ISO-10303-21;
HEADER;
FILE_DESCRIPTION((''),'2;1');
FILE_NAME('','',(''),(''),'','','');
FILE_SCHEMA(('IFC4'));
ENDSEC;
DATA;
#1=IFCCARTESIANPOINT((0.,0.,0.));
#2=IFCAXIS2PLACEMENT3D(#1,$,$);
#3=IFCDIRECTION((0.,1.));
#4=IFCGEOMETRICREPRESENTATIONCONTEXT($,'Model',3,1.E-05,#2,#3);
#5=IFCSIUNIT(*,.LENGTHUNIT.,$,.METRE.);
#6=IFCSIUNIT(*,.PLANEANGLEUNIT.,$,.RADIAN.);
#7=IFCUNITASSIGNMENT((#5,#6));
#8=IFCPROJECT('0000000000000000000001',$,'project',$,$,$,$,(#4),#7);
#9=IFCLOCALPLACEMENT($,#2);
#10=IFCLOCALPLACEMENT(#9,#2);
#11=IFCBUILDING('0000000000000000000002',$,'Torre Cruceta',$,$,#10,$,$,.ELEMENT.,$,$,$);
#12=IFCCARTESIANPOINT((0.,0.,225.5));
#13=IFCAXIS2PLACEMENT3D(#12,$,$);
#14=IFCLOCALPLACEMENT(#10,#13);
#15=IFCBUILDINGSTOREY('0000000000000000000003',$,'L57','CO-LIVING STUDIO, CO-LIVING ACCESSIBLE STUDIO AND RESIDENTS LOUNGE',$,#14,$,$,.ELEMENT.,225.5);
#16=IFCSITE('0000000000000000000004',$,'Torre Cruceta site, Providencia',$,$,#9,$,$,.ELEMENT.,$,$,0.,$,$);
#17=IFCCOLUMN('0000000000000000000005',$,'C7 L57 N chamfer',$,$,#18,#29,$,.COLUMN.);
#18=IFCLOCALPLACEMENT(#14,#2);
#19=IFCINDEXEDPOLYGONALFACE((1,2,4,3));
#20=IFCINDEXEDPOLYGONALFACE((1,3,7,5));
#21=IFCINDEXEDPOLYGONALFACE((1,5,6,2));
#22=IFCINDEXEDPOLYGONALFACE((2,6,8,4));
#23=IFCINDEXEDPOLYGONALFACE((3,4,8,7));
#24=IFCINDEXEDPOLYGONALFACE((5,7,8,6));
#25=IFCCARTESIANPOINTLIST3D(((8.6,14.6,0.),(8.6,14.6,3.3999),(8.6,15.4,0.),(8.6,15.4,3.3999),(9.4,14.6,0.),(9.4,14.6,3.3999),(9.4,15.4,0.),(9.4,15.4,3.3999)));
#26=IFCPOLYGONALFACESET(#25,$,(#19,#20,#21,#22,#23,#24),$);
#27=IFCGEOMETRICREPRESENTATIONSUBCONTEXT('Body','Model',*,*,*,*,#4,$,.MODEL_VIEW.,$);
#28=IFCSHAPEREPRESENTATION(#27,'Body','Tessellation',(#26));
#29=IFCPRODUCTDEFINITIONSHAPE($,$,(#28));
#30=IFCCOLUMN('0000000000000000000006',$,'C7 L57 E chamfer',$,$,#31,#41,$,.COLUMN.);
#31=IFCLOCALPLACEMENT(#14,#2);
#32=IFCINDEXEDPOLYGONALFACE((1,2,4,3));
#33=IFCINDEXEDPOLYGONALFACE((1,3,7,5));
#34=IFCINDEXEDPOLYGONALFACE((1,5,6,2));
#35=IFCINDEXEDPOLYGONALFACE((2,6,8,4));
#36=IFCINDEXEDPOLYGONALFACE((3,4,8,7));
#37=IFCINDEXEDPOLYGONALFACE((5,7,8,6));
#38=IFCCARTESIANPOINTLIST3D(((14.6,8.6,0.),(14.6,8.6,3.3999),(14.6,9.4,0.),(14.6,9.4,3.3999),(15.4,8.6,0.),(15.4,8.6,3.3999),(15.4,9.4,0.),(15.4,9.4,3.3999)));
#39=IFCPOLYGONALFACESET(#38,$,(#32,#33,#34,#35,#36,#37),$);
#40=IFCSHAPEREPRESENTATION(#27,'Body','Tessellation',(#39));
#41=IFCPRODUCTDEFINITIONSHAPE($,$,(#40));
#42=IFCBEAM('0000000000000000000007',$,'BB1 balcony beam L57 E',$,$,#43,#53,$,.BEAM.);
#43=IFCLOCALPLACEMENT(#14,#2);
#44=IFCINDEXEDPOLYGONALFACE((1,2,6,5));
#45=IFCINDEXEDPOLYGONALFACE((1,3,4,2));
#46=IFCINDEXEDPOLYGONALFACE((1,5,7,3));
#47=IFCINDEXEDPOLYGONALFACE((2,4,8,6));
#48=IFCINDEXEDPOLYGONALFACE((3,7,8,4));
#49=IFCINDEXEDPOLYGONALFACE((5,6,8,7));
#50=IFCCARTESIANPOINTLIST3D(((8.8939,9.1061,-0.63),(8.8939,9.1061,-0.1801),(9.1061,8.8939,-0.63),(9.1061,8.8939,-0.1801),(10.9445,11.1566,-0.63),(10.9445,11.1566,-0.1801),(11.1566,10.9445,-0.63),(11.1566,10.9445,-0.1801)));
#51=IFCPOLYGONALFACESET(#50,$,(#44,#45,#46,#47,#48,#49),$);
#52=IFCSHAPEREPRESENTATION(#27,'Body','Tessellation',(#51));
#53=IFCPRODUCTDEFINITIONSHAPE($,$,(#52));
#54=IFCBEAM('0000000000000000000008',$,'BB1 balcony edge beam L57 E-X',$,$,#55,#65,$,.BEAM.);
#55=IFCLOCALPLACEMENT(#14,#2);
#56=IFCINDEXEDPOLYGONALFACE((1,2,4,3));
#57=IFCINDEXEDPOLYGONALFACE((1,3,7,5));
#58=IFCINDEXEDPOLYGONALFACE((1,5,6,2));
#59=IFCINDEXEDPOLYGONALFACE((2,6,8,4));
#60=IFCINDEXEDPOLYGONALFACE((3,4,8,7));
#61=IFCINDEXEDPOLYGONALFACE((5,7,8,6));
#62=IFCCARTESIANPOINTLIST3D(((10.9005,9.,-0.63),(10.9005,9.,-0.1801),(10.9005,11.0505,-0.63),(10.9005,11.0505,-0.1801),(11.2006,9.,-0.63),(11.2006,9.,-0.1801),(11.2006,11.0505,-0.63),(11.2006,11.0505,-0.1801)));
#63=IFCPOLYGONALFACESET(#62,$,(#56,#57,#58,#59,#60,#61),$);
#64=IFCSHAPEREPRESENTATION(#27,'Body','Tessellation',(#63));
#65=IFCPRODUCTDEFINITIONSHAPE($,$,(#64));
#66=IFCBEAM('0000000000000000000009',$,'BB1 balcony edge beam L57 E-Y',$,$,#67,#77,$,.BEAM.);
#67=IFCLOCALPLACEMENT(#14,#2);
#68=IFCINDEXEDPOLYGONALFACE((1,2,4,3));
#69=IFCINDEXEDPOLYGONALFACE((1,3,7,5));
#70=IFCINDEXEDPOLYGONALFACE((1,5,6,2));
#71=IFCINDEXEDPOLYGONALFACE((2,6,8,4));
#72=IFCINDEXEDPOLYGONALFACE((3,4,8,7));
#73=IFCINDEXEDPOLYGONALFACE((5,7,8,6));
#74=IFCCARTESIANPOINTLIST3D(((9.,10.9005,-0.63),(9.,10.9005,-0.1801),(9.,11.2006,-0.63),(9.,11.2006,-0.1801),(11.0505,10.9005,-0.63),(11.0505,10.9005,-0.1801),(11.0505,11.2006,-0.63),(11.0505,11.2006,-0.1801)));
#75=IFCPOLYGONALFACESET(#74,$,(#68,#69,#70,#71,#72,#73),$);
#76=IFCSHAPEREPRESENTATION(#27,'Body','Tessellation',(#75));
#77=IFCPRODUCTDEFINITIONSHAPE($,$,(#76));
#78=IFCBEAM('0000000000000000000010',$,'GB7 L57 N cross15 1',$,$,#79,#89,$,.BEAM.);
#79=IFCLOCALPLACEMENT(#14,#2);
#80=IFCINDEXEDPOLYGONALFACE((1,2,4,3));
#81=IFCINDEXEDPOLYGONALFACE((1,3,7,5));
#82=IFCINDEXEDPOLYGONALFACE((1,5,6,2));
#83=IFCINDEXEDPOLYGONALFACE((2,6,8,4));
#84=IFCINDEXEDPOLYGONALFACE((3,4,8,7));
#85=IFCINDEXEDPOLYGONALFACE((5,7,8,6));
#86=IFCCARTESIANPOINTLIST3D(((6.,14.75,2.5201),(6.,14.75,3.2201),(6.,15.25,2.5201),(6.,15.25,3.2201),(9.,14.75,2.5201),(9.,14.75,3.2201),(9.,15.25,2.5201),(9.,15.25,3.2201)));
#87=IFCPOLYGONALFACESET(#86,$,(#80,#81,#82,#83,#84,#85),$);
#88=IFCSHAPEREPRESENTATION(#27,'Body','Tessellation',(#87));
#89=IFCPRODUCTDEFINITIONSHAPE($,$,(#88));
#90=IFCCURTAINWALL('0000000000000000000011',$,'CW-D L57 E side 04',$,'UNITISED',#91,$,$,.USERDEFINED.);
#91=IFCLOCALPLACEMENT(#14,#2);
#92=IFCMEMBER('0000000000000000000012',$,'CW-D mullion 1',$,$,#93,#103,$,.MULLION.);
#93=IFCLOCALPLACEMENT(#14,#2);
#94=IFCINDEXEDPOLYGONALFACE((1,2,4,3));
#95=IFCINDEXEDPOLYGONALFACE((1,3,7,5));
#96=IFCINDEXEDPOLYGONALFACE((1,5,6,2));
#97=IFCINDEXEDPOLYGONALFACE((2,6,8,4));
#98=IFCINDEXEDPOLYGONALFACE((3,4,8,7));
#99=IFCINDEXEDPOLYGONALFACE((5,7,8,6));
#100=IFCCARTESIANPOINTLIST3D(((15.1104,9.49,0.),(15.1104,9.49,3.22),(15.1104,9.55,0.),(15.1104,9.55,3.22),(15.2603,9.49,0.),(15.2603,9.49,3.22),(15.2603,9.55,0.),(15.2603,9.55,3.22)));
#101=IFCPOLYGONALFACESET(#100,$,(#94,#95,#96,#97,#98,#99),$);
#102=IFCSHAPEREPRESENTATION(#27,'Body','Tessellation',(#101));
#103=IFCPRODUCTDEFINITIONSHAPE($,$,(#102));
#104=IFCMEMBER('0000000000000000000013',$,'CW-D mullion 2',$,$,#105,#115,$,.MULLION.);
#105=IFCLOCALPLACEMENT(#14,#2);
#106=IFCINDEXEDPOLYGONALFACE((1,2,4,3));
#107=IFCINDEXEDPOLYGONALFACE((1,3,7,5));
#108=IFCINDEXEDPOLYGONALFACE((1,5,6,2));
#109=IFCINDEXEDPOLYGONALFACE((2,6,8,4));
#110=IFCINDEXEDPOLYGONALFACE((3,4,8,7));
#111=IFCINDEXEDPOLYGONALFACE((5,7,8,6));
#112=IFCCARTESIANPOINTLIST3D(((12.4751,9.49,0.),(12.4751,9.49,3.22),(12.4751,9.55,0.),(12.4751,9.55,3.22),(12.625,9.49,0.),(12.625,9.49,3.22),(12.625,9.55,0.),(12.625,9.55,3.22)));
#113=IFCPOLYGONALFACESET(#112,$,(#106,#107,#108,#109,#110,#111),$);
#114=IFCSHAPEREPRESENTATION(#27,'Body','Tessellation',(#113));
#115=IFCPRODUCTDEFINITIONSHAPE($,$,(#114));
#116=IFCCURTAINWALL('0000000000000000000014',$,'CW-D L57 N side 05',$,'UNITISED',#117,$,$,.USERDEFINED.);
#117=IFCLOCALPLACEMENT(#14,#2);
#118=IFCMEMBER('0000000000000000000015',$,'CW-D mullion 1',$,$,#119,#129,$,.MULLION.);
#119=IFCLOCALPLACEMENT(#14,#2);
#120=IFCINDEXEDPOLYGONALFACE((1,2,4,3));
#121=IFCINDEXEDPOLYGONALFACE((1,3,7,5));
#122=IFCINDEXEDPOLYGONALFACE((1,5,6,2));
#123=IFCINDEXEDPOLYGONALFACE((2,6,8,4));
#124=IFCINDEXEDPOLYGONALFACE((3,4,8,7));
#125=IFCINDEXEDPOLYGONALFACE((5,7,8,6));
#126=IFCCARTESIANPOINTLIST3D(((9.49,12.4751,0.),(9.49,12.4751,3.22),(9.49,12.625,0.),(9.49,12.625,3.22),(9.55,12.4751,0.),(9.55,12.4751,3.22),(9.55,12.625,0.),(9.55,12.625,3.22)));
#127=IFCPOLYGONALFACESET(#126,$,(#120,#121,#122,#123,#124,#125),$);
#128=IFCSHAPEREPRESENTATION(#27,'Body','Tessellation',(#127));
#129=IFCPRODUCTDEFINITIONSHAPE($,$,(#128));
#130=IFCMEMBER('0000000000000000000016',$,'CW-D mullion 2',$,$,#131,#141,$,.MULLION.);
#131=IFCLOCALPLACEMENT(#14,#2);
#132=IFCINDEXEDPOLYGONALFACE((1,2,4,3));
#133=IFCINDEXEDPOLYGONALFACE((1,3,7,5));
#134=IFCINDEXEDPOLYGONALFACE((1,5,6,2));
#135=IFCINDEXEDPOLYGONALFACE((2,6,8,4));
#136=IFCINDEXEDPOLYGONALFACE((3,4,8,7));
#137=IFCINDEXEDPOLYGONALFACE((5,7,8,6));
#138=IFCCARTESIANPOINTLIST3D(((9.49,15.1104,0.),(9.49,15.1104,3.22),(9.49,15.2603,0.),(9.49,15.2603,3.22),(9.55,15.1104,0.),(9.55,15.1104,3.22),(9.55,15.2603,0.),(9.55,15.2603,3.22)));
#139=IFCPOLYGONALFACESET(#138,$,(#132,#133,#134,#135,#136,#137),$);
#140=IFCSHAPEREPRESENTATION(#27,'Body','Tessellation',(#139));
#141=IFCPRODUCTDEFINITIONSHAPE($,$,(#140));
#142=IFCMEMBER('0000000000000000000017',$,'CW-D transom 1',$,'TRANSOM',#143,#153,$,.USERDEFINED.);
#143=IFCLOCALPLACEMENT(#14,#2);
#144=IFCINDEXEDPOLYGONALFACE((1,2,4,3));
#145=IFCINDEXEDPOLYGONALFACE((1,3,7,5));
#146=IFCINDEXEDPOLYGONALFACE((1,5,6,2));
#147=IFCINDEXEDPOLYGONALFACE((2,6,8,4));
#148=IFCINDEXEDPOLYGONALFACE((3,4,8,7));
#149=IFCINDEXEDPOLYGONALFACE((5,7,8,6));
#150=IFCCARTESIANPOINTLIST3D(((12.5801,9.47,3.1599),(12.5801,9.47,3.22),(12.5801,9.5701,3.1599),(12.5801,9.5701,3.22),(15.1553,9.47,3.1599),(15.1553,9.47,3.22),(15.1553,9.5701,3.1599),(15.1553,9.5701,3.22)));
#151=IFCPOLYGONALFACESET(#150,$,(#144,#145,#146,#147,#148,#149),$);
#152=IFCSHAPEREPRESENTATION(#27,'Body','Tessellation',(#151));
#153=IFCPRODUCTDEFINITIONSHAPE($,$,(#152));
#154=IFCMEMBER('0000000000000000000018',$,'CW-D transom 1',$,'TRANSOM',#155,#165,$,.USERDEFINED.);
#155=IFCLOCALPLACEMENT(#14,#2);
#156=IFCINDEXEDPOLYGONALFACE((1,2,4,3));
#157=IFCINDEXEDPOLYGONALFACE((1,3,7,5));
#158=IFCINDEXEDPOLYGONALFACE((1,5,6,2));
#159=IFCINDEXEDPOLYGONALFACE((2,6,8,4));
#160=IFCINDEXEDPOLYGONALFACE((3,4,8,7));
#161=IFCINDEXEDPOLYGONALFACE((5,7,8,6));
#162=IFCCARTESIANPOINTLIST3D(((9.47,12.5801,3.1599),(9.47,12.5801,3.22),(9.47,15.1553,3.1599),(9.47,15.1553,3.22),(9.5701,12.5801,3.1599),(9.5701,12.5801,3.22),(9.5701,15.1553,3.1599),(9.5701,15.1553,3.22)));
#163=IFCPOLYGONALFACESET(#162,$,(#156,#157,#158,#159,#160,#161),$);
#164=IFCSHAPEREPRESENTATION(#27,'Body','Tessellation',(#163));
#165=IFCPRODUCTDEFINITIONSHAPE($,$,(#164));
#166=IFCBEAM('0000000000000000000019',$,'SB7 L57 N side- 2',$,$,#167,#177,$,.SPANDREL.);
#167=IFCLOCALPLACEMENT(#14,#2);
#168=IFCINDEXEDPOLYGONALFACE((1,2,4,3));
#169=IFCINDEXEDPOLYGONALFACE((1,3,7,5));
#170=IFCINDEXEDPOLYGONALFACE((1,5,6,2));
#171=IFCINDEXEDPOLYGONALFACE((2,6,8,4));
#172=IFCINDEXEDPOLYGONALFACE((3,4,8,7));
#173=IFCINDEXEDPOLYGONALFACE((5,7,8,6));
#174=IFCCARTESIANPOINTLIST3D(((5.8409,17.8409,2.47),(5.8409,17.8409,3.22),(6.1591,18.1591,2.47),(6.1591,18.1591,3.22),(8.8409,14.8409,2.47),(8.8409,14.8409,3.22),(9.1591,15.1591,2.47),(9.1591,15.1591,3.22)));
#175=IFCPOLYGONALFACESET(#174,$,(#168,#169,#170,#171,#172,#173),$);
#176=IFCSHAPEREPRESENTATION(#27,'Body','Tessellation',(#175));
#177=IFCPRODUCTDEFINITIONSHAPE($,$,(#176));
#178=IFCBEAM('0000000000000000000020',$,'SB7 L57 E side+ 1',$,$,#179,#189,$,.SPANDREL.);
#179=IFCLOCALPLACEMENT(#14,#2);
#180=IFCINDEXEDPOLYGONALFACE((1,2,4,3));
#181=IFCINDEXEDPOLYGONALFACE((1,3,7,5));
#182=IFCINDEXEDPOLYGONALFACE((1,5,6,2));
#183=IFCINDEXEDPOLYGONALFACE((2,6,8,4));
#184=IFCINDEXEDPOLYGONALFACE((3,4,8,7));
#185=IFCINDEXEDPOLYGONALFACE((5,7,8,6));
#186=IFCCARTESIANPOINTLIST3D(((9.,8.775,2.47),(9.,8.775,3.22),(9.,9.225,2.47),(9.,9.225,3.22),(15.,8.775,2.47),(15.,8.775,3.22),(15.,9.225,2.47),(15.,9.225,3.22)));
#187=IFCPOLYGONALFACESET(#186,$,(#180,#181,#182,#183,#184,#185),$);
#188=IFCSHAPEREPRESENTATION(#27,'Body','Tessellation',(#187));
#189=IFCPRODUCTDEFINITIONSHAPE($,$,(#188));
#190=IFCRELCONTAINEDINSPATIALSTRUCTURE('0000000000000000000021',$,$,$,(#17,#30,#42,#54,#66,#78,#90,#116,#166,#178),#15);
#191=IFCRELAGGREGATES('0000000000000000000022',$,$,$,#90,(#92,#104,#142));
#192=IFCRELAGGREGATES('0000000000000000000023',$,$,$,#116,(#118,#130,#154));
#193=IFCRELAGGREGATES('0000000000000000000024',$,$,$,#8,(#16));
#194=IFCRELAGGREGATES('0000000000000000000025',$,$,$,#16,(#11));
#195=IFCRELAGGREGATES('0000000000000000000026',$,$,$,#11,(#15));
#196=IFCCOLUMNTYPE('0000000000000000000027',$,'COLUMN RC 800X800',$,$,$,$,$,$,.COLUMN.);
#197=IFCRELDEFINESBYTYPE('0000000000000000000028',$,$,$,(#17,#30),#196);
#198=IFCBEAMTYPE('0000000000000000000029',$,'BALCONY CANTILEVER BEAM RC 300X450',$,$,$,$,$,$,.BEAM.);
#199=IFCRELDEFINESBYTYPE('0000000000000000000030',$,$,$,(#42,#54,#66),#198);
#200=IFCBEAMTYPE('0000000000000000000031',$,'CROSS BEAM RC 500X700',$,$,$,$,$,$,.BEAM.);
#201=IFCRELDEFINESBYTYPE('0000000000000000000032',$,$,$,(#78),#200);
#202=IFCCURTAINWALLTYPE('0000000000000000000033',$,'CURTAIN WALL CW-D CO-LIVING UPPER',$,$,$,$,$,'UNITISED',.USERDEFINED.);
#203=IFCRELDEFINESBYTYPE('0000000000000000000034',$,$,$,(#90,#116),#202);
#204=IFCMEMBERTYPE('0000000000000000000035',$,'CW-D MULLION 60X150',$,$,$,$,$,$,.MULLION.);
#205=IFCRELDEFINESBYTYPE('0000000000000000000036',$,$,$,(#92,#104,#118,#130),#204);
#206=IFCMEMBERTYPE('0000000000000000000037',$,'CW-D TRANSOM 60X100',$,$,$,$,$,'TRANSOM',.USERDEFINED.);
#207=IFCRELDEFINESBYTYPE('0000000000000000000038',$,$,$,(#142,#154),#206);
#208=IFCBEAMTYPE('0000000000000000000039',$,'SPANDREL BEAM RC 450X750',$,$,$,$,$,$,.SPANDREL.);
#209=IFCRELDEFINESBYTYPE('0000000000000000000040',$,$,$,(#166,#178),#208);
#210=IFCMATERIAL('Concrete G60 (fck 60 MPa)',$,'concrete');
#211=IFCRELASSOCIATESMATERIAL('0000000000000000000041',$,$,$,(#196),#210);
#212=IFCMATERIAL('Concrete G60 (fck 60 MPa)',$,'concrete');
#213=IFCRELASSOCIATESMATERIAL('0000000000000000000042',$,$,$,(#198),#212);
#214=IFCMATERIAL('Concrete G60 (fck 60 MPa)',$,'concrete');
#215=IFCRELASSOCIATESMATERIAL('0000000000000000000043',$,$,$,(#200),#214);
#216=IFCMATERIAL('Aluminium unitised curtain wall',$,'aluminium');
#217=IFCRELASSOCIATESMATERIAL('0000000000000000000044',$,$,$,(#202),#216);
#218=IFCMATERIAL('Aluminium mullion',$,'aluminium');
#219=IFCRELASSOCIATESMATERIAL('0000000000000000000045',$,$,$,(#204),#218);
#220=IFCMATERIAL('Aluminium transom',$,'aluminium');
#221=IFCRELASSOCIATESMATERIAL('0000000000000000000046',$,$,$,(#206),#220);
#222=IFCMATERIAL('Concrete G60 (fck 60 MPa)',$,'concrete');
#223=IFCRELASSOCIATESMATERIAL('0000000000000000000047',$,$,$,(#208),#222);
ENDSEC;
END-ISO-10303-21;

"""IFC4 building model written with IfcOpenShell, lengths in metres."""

from ifc_helpers import new_model, si_unit, direction, frame, origin, origin_2d, place, context, subcontext, project, spatial, rectangle, extrude, material, material_profile, profile_set, type_object, element, aggregate, save


model = new_model("IFC4")

# Units and contexts
model_context = context("Model", 3, precision=1e-05, world=origin(), true_north=direction((0.0, 1.0)))
body_context = subcontext(model_context, "Body", "Model", "MODEL_VIEW")
ifc_project = project(units=[si_unit("LENGTHUNIT", "METRE"), si_unit("PLANEANGLEUNIT", "RADIAN")], contexts=[model_context])

# Site, building, storey
site_placement = place(None, origin())
site = spatial("IfcSite", under=ifc_project, at=site_placement, Name="Torre Cruceta site, Providencia", CompositionType="ELEMENT", RefElevation=0.0)
building_placement = place(site_placement, origin())
building = spatial("IfcBuilding", under=site, at=building_placement, Name="Torre Cruceta", CompositionType="ELEMENT")
storey_placement = place(building_placement, frame((0.0, 0.0, 225.5)))
storey = spatial("IfcBuildingStorey", under=building, at=storey_placement, Name="L57", Description="CO-LIVING STUDIO, CO-LIVING ACCESSIBLE STUDIO AND RESIDENTS LOUNGE", CompositionType="ELEMENT", Elevation=225.5)

# Columns
ifc_material_1 = material(Name="Concrete G60 (fck 60 MPa)", Category="concrete")
ifc_material_profile_1 = material_profile(ifc_material_1, rectangle(XDim=0.8, YDim=0.8, at=origin_2d()), Name="RC 800X800")
ifc_profile_set_1 = profile_set([ifc_material_profile_1], Name="Concrete G60 (fck 60 MPa)")
column_type = type_object("IfcColumnType", Name="COLUMN RC 800X800", PredefinedType="COLUMN", material=ifc_profile_set_1)
for number, where, z_axis, x_axis, name in (
    (1, (9.0, 15.0, 0.0), (0.0, 0.0, 1.0), (1.0, 0.0, 0.0), "C7 L57 N chamfer"),
    (2, (15.0, 9.0, 0.0), (0.0, 0.0, 1.0), (1.0, 0.0, 0.0), "C7 L57 E chamfer"),
):
    element("IfcColumn", number, at=place(storey_placement, frame(where, z_axis=z_axis, x_axis=x_axis)), inside=storey, type_object=column_type, Name=name, PredefinedType="COLUMN", context=body_context, shape_type="SweptSolid", body=[
        extrude(rectangle(XDim=0.8, YDim=0.8, at=origin_2d()), origin(), (0.0, 0.0, 1.0), 3.3999),
    ])

# Beams
ifc_material_2 = material(Name="Concrete G60 (fck 60 MPa)", Category="concrete")
ifc_material_profile_2 = material_profile(ifc_material_2, rectangle(XDim=0.3, YDim=0.45, at=origin_2d()), Name="RC 300X450")
ifc_profile_set_2 = profile_set([ifc_material_profile_2], Name="Concrete G60 (fck 60 MPa)")
beam_type_1 = type_object("IfcBeamType", Name="BALCONY CANTILEVER BEAM RC 300X450", PredefinedType="BEAM", material=ifc_profile_set_2)
beam_1_placement = place(storey_placement, frame((9.0, 9.0, -0.405), z_axis=(0.707107, 0.707107, 0.0), x_axis=(-0.707107, 0.707107, 0.0)))
element("IfcBeam", 3, at=beam_1_placement, inside=storey, type_object=beam_type_1, Name="BB1 balcony beam L57 E", PredefinedType="BEAM", context=body_context, shape_type="SweptSolid", body=[
    extrude(rectangle(XDim=0.3, YDim=0.45, at=origin_2d()), origin(), (0.0, 0.0, 1.0), 2.8999),
])
for number, where, z_axis, x_axis, name in (
    (4, (11.0505, 9.0, -0.405), (0.0, 1.0, 0.0), (-1.0, 0.0, 0.0), "BB1 balcony edge beam L57 E-X"),
    (5, (9.0, 11.0505, -0.405), (1.0, 0.0, 0.0), (0.0, 1.0, 0.0), "BB1 balcony edge beam L57 E-Y"),
):
    element("IfcBeam", number, at=place(storey_placement, frame(where, z_axis=z_axis, x_axis=x_axis)), inside=storey, type_object=beam_type_1, Name=name, PredefinedType="BEAM", context=body_context, shape_type="SweptSolid", body=[
        extrude(rectangle(XDim=0.3, YDim=0.45, at=origin_2d()), origin(), (0.0, 0.0, 1.0), 2.0505),
    ])
ifc_material_3 = material(Name="Concrete G60 (fck 60 MPa)", Category="concrete")
ifc_material_profile_3 = material_profile(ifc_material_3, rectangle(XDim=0.5, YDim=0.7, at=origin_2d()), Name="RC 500X700")
ifc_profile_set_3 = profile_set([ifc_material_profile_3], Name="Concrete G60 (fck 60 MPa)")
beam_type_2 = type_object("IfcBeamType", Name="CROSS BEAM RC 500X700", PredefinedType="BEAM", material=ifc_profile_set_3)
beam_2_placement = place(storey_placement, frame((9.0, 15.0, 2.8701), z_axis=(-1.0, 0.0, 0.0), x_axis=(0.0, -1.0, 0.0)))
element("IfcBeam", 6, at=beam_2_placement, inside=storey, type_object=beam_type_2, Name="GB7 L57 N cross15 1", PredefinedType="BEAM", context=body_context, shape_type="SweptSolid", body=[
    extrude(rectangle(XDim=0.5, YDim=0.7, at=origin_2d()), origin(), (0.0, 0.0, 1.0), 3.0),
])

# Curtain walls, members
ifc_material_4 = material(Name="Aluminium unitised curtain wall", Category="aluminium")
curtain_wall_type = type_object("IfcCurtainWallType", Name="CURTAIN WALL CW-D CO-LIVING UPPER", ElementType="UNITISED", PredefinedType="USERDEFINED", material=ifc_material_4)
curtain_wall_1_placement = place(storey_placement, origin())
curtain_wall_1 = element("IfcCurtainWall", 7, at=curtain_wall_1_placement, inside=storey, type_object=curtain_wall_type, Name="CW-D L57 E side 04", ObjectType="UNITISED", PredefinedType="USERDEFINED")
ifc_material_5 = material(Name="Aluminium mullion", Category="aluminium")
ifc_material_profile_4 = material_profile(ifc_material_5, rectangle(XDim=0.0601, YDim=0.1499, at=origin_2d()), Name="AL 60X150")
ifc_profile_set_4 = profile_set([ifc_material_profile_4], Name="Aluminium mullion")
member_type_1 = type_object("IfcMemberType", Name="CW-D MULLION 60X150", PredefinedType="MULLION", material=ifc_profile_set_4)
member_1_placement = place(storey_placement, frame((15.1853, 9.52, 0.0), z_axis=(0.0, 0.0, 1.0), x_axis=(0.0, -1.0, 0.0)))
member_1 = element("IfcMember", 8, at=member_1_placement, type_object=member_type_1, Name="CW-D mullion 1", PredefinedType="MULLION", context=body_context, shape_type="SweptSolid", body=[
    extrude(rectangle(XDim=0.0601, YDim=0.1499, at=origin_2d()), origin(), (0.0, 0.0, 1.0), 3.22),
])
member_2_placement = place(storey_placement, frame((12.55, 9.52, 0.0), z_axis=(0.0, 0.0, 1.0), x_axis=(0.0, -1.0, 0.0)))
member_2 = element("IfcMember", 9, at=member_2_placement, type_object=member_type_1, Name="CW-D mullion 2", PredefinedType="MULLION", context=body_context, shape_type="SweptSolid", body=[
    extrude(rectangle(XDim=0.0601, YDim=0.1499, at=origin_2d()), origin(), (0.0, 0.0, 1.0), 3.22),
])
curtain_wall_2_placement = place(storey_placement, origin())
curtain_wall_2 = element("IfcCurtainWall", 10, at=curtain_wall_2_placement, inside=storey, type_object=curtain_wall_type, Name="CW-D L57 N side 05", ObjectType="UNITISED", PredefinedType="USERDEFINED")
member_3_placement = place(storey_placement, frame((9.52, 12.55, 0.0), z_axis=(0.0, 0.0, 1.0), x_axis=(-1.0, 0.0, 0.0)))
member_3 = element("IfcMember", 11, at=member_3_placement, type_object=member_type_1, Name="CW-D mullion 1", PredefinedType="MULLION", context=body_context, shape_type="SweptSolid", body=[
    extrude(rectangle(XDim=0.0601, YDim=0.1499, at=origin_2d()), origin(), (0.0, 0.0, 1.0), 3.22),
])
member_4_placement = place(storey_placement, frame((9.52, 15.1853, 0.0), z_axis=(0.0, 0.0, 1.0), x_axis=(-1.0, 0.0, 0.0)))
member_4 = element("IfcMember", 12, at=member_4_placement, type_object=member_type_1, Name="CW-D mullion 2", PredefinedType="MULLION", context=body_context, shape_type="SweptSolid", body=[
    extrude(rectangle(XDim=0.0601, YDim=0.1499, at=origin_2d()), origin(), (0.0, 0.0, 1.0), 3.22),
])

# Members
ifc_material_6 = material(Name="Aluminium transom", Category="aluminium")
ifc_material_profile_5 = material_profile(ifc_material_6, rectangle(XDim=0.1001, YDim=0.0601, at=origin_2d()), Name="AL 100X60")
ifc_profile_set_5 = profile_set([ifc_material_profile_5], Name="Aluminium transom")
member_type_2 = type_object("IfcMemberType", Name="CW-D TRANSOM 60X100", ElementType="TRANSOM", PredefinedType="USERDEFINED", material=ifc_profile_set_5)
member_5_placement = place(storey_placement, frame((15.1553, 9.52, 3.1899), z_axis=(-1.0, 0.0, 0.0), x_axis=(0.0, -1.0, 0.0)))
member_5 = element("IfcMember", 13, at=member_5_placement, type_object=member_type_2, Name="CW-D transom 1", ObjectType="TRANSOM", PredefinedType="USERDEFINED", context=body_context, shape_type="SweptSolid", body=[
    extrude(rectangle(XDim=0.1001, YDim=0.0601, at=origin_2d()), origin(), (0.0, 0.0, 1.0), 2.5752),
])
member_6_placement = place(storey_placement, frame((9.52, 12.5801, 3.1899), z_axis=(0.0, 1.0, 0.0), x_axis=(-1.0, 0.0, 0.0)))
member_6 = element("IfcMember", 14, at=member_6_placement, type_object=member_type_2, Name="CW-D transom 1", ObjectType="TRANSOM", PredefinedType="USERDEFINED", context=body_context, shape_type="SweptSolid", body=[
    extrude(rectangle(XDim=0.1001, YDim=0.0601, at=origin_2d()), origin(), (0.0, 0.0, 1.0), 2.5752),
])

# Beams
ifc_material_7 = material(Name="Concrete G60 (fck 60 MPa)", Category="concrete")
ifc_material_profile_6 = material_profile(ifc_material_7, rectangle(XDim=0.45, YDim=0.75, at=origin_2d()), Name="RC 450X750")
ifc_profile_set_6 = profile_set([ifc_material_profile_6], Name="Concrete G60 (fck 60 MPa)")
beam_type_3 = type_object("IfcBeamType", Name="SPANDREL BEAM RC 450X750", PredefinedType="SPANDREL", material=ifc_profile_set_6)
beam_3_placement = place(storey_placement, frame((9.0, 15.0, 2.845), z_axis=(-0.707107, 0.707107, 0.0), x_axis=(-0.707107, -0.707107, 0.0)))
element("IfcBeam", 15, at=beam_3_placement, inside=storey, type_object=beam_type_3, Name="SB7 L57 N side- 2", PredefinedType="SPANDREL", context=body_context, shape_type="SweptSolid", body=[
    extrude(rectangle(XDim=0.45, YDim=0.75, at=origin_2d()), origin(), (0.0, 0.0, 1.0), 4.2427),
])
beam_4_placement = place(storey_placement, frame((9.0, 9.0, 2.845), z_axis=(1.0, 0.0, 0.0), x_axis=(0.0, 1.0, 0.0)))
element("IfcBeam", 16, at=beam_4_placement, inside=storey, type_object=beam_type_3, Name="SB7 L57 E side+ 1", PredefinedType="SPANDREL", context=body_context, shape_type="SweptSolid", body=[
    extrude(rectangle(XDim=0.45, YDim=0.75, at=origin_2d()), origin(), (0.0, 0.0, 1.0), 6.0),
])

aggregate(curtain_wall_1, [member_1, member_2, member_5])
aggregate(curtain_wall_2, [member_3, member_4, member_6])

save(model, "model.ifc")
